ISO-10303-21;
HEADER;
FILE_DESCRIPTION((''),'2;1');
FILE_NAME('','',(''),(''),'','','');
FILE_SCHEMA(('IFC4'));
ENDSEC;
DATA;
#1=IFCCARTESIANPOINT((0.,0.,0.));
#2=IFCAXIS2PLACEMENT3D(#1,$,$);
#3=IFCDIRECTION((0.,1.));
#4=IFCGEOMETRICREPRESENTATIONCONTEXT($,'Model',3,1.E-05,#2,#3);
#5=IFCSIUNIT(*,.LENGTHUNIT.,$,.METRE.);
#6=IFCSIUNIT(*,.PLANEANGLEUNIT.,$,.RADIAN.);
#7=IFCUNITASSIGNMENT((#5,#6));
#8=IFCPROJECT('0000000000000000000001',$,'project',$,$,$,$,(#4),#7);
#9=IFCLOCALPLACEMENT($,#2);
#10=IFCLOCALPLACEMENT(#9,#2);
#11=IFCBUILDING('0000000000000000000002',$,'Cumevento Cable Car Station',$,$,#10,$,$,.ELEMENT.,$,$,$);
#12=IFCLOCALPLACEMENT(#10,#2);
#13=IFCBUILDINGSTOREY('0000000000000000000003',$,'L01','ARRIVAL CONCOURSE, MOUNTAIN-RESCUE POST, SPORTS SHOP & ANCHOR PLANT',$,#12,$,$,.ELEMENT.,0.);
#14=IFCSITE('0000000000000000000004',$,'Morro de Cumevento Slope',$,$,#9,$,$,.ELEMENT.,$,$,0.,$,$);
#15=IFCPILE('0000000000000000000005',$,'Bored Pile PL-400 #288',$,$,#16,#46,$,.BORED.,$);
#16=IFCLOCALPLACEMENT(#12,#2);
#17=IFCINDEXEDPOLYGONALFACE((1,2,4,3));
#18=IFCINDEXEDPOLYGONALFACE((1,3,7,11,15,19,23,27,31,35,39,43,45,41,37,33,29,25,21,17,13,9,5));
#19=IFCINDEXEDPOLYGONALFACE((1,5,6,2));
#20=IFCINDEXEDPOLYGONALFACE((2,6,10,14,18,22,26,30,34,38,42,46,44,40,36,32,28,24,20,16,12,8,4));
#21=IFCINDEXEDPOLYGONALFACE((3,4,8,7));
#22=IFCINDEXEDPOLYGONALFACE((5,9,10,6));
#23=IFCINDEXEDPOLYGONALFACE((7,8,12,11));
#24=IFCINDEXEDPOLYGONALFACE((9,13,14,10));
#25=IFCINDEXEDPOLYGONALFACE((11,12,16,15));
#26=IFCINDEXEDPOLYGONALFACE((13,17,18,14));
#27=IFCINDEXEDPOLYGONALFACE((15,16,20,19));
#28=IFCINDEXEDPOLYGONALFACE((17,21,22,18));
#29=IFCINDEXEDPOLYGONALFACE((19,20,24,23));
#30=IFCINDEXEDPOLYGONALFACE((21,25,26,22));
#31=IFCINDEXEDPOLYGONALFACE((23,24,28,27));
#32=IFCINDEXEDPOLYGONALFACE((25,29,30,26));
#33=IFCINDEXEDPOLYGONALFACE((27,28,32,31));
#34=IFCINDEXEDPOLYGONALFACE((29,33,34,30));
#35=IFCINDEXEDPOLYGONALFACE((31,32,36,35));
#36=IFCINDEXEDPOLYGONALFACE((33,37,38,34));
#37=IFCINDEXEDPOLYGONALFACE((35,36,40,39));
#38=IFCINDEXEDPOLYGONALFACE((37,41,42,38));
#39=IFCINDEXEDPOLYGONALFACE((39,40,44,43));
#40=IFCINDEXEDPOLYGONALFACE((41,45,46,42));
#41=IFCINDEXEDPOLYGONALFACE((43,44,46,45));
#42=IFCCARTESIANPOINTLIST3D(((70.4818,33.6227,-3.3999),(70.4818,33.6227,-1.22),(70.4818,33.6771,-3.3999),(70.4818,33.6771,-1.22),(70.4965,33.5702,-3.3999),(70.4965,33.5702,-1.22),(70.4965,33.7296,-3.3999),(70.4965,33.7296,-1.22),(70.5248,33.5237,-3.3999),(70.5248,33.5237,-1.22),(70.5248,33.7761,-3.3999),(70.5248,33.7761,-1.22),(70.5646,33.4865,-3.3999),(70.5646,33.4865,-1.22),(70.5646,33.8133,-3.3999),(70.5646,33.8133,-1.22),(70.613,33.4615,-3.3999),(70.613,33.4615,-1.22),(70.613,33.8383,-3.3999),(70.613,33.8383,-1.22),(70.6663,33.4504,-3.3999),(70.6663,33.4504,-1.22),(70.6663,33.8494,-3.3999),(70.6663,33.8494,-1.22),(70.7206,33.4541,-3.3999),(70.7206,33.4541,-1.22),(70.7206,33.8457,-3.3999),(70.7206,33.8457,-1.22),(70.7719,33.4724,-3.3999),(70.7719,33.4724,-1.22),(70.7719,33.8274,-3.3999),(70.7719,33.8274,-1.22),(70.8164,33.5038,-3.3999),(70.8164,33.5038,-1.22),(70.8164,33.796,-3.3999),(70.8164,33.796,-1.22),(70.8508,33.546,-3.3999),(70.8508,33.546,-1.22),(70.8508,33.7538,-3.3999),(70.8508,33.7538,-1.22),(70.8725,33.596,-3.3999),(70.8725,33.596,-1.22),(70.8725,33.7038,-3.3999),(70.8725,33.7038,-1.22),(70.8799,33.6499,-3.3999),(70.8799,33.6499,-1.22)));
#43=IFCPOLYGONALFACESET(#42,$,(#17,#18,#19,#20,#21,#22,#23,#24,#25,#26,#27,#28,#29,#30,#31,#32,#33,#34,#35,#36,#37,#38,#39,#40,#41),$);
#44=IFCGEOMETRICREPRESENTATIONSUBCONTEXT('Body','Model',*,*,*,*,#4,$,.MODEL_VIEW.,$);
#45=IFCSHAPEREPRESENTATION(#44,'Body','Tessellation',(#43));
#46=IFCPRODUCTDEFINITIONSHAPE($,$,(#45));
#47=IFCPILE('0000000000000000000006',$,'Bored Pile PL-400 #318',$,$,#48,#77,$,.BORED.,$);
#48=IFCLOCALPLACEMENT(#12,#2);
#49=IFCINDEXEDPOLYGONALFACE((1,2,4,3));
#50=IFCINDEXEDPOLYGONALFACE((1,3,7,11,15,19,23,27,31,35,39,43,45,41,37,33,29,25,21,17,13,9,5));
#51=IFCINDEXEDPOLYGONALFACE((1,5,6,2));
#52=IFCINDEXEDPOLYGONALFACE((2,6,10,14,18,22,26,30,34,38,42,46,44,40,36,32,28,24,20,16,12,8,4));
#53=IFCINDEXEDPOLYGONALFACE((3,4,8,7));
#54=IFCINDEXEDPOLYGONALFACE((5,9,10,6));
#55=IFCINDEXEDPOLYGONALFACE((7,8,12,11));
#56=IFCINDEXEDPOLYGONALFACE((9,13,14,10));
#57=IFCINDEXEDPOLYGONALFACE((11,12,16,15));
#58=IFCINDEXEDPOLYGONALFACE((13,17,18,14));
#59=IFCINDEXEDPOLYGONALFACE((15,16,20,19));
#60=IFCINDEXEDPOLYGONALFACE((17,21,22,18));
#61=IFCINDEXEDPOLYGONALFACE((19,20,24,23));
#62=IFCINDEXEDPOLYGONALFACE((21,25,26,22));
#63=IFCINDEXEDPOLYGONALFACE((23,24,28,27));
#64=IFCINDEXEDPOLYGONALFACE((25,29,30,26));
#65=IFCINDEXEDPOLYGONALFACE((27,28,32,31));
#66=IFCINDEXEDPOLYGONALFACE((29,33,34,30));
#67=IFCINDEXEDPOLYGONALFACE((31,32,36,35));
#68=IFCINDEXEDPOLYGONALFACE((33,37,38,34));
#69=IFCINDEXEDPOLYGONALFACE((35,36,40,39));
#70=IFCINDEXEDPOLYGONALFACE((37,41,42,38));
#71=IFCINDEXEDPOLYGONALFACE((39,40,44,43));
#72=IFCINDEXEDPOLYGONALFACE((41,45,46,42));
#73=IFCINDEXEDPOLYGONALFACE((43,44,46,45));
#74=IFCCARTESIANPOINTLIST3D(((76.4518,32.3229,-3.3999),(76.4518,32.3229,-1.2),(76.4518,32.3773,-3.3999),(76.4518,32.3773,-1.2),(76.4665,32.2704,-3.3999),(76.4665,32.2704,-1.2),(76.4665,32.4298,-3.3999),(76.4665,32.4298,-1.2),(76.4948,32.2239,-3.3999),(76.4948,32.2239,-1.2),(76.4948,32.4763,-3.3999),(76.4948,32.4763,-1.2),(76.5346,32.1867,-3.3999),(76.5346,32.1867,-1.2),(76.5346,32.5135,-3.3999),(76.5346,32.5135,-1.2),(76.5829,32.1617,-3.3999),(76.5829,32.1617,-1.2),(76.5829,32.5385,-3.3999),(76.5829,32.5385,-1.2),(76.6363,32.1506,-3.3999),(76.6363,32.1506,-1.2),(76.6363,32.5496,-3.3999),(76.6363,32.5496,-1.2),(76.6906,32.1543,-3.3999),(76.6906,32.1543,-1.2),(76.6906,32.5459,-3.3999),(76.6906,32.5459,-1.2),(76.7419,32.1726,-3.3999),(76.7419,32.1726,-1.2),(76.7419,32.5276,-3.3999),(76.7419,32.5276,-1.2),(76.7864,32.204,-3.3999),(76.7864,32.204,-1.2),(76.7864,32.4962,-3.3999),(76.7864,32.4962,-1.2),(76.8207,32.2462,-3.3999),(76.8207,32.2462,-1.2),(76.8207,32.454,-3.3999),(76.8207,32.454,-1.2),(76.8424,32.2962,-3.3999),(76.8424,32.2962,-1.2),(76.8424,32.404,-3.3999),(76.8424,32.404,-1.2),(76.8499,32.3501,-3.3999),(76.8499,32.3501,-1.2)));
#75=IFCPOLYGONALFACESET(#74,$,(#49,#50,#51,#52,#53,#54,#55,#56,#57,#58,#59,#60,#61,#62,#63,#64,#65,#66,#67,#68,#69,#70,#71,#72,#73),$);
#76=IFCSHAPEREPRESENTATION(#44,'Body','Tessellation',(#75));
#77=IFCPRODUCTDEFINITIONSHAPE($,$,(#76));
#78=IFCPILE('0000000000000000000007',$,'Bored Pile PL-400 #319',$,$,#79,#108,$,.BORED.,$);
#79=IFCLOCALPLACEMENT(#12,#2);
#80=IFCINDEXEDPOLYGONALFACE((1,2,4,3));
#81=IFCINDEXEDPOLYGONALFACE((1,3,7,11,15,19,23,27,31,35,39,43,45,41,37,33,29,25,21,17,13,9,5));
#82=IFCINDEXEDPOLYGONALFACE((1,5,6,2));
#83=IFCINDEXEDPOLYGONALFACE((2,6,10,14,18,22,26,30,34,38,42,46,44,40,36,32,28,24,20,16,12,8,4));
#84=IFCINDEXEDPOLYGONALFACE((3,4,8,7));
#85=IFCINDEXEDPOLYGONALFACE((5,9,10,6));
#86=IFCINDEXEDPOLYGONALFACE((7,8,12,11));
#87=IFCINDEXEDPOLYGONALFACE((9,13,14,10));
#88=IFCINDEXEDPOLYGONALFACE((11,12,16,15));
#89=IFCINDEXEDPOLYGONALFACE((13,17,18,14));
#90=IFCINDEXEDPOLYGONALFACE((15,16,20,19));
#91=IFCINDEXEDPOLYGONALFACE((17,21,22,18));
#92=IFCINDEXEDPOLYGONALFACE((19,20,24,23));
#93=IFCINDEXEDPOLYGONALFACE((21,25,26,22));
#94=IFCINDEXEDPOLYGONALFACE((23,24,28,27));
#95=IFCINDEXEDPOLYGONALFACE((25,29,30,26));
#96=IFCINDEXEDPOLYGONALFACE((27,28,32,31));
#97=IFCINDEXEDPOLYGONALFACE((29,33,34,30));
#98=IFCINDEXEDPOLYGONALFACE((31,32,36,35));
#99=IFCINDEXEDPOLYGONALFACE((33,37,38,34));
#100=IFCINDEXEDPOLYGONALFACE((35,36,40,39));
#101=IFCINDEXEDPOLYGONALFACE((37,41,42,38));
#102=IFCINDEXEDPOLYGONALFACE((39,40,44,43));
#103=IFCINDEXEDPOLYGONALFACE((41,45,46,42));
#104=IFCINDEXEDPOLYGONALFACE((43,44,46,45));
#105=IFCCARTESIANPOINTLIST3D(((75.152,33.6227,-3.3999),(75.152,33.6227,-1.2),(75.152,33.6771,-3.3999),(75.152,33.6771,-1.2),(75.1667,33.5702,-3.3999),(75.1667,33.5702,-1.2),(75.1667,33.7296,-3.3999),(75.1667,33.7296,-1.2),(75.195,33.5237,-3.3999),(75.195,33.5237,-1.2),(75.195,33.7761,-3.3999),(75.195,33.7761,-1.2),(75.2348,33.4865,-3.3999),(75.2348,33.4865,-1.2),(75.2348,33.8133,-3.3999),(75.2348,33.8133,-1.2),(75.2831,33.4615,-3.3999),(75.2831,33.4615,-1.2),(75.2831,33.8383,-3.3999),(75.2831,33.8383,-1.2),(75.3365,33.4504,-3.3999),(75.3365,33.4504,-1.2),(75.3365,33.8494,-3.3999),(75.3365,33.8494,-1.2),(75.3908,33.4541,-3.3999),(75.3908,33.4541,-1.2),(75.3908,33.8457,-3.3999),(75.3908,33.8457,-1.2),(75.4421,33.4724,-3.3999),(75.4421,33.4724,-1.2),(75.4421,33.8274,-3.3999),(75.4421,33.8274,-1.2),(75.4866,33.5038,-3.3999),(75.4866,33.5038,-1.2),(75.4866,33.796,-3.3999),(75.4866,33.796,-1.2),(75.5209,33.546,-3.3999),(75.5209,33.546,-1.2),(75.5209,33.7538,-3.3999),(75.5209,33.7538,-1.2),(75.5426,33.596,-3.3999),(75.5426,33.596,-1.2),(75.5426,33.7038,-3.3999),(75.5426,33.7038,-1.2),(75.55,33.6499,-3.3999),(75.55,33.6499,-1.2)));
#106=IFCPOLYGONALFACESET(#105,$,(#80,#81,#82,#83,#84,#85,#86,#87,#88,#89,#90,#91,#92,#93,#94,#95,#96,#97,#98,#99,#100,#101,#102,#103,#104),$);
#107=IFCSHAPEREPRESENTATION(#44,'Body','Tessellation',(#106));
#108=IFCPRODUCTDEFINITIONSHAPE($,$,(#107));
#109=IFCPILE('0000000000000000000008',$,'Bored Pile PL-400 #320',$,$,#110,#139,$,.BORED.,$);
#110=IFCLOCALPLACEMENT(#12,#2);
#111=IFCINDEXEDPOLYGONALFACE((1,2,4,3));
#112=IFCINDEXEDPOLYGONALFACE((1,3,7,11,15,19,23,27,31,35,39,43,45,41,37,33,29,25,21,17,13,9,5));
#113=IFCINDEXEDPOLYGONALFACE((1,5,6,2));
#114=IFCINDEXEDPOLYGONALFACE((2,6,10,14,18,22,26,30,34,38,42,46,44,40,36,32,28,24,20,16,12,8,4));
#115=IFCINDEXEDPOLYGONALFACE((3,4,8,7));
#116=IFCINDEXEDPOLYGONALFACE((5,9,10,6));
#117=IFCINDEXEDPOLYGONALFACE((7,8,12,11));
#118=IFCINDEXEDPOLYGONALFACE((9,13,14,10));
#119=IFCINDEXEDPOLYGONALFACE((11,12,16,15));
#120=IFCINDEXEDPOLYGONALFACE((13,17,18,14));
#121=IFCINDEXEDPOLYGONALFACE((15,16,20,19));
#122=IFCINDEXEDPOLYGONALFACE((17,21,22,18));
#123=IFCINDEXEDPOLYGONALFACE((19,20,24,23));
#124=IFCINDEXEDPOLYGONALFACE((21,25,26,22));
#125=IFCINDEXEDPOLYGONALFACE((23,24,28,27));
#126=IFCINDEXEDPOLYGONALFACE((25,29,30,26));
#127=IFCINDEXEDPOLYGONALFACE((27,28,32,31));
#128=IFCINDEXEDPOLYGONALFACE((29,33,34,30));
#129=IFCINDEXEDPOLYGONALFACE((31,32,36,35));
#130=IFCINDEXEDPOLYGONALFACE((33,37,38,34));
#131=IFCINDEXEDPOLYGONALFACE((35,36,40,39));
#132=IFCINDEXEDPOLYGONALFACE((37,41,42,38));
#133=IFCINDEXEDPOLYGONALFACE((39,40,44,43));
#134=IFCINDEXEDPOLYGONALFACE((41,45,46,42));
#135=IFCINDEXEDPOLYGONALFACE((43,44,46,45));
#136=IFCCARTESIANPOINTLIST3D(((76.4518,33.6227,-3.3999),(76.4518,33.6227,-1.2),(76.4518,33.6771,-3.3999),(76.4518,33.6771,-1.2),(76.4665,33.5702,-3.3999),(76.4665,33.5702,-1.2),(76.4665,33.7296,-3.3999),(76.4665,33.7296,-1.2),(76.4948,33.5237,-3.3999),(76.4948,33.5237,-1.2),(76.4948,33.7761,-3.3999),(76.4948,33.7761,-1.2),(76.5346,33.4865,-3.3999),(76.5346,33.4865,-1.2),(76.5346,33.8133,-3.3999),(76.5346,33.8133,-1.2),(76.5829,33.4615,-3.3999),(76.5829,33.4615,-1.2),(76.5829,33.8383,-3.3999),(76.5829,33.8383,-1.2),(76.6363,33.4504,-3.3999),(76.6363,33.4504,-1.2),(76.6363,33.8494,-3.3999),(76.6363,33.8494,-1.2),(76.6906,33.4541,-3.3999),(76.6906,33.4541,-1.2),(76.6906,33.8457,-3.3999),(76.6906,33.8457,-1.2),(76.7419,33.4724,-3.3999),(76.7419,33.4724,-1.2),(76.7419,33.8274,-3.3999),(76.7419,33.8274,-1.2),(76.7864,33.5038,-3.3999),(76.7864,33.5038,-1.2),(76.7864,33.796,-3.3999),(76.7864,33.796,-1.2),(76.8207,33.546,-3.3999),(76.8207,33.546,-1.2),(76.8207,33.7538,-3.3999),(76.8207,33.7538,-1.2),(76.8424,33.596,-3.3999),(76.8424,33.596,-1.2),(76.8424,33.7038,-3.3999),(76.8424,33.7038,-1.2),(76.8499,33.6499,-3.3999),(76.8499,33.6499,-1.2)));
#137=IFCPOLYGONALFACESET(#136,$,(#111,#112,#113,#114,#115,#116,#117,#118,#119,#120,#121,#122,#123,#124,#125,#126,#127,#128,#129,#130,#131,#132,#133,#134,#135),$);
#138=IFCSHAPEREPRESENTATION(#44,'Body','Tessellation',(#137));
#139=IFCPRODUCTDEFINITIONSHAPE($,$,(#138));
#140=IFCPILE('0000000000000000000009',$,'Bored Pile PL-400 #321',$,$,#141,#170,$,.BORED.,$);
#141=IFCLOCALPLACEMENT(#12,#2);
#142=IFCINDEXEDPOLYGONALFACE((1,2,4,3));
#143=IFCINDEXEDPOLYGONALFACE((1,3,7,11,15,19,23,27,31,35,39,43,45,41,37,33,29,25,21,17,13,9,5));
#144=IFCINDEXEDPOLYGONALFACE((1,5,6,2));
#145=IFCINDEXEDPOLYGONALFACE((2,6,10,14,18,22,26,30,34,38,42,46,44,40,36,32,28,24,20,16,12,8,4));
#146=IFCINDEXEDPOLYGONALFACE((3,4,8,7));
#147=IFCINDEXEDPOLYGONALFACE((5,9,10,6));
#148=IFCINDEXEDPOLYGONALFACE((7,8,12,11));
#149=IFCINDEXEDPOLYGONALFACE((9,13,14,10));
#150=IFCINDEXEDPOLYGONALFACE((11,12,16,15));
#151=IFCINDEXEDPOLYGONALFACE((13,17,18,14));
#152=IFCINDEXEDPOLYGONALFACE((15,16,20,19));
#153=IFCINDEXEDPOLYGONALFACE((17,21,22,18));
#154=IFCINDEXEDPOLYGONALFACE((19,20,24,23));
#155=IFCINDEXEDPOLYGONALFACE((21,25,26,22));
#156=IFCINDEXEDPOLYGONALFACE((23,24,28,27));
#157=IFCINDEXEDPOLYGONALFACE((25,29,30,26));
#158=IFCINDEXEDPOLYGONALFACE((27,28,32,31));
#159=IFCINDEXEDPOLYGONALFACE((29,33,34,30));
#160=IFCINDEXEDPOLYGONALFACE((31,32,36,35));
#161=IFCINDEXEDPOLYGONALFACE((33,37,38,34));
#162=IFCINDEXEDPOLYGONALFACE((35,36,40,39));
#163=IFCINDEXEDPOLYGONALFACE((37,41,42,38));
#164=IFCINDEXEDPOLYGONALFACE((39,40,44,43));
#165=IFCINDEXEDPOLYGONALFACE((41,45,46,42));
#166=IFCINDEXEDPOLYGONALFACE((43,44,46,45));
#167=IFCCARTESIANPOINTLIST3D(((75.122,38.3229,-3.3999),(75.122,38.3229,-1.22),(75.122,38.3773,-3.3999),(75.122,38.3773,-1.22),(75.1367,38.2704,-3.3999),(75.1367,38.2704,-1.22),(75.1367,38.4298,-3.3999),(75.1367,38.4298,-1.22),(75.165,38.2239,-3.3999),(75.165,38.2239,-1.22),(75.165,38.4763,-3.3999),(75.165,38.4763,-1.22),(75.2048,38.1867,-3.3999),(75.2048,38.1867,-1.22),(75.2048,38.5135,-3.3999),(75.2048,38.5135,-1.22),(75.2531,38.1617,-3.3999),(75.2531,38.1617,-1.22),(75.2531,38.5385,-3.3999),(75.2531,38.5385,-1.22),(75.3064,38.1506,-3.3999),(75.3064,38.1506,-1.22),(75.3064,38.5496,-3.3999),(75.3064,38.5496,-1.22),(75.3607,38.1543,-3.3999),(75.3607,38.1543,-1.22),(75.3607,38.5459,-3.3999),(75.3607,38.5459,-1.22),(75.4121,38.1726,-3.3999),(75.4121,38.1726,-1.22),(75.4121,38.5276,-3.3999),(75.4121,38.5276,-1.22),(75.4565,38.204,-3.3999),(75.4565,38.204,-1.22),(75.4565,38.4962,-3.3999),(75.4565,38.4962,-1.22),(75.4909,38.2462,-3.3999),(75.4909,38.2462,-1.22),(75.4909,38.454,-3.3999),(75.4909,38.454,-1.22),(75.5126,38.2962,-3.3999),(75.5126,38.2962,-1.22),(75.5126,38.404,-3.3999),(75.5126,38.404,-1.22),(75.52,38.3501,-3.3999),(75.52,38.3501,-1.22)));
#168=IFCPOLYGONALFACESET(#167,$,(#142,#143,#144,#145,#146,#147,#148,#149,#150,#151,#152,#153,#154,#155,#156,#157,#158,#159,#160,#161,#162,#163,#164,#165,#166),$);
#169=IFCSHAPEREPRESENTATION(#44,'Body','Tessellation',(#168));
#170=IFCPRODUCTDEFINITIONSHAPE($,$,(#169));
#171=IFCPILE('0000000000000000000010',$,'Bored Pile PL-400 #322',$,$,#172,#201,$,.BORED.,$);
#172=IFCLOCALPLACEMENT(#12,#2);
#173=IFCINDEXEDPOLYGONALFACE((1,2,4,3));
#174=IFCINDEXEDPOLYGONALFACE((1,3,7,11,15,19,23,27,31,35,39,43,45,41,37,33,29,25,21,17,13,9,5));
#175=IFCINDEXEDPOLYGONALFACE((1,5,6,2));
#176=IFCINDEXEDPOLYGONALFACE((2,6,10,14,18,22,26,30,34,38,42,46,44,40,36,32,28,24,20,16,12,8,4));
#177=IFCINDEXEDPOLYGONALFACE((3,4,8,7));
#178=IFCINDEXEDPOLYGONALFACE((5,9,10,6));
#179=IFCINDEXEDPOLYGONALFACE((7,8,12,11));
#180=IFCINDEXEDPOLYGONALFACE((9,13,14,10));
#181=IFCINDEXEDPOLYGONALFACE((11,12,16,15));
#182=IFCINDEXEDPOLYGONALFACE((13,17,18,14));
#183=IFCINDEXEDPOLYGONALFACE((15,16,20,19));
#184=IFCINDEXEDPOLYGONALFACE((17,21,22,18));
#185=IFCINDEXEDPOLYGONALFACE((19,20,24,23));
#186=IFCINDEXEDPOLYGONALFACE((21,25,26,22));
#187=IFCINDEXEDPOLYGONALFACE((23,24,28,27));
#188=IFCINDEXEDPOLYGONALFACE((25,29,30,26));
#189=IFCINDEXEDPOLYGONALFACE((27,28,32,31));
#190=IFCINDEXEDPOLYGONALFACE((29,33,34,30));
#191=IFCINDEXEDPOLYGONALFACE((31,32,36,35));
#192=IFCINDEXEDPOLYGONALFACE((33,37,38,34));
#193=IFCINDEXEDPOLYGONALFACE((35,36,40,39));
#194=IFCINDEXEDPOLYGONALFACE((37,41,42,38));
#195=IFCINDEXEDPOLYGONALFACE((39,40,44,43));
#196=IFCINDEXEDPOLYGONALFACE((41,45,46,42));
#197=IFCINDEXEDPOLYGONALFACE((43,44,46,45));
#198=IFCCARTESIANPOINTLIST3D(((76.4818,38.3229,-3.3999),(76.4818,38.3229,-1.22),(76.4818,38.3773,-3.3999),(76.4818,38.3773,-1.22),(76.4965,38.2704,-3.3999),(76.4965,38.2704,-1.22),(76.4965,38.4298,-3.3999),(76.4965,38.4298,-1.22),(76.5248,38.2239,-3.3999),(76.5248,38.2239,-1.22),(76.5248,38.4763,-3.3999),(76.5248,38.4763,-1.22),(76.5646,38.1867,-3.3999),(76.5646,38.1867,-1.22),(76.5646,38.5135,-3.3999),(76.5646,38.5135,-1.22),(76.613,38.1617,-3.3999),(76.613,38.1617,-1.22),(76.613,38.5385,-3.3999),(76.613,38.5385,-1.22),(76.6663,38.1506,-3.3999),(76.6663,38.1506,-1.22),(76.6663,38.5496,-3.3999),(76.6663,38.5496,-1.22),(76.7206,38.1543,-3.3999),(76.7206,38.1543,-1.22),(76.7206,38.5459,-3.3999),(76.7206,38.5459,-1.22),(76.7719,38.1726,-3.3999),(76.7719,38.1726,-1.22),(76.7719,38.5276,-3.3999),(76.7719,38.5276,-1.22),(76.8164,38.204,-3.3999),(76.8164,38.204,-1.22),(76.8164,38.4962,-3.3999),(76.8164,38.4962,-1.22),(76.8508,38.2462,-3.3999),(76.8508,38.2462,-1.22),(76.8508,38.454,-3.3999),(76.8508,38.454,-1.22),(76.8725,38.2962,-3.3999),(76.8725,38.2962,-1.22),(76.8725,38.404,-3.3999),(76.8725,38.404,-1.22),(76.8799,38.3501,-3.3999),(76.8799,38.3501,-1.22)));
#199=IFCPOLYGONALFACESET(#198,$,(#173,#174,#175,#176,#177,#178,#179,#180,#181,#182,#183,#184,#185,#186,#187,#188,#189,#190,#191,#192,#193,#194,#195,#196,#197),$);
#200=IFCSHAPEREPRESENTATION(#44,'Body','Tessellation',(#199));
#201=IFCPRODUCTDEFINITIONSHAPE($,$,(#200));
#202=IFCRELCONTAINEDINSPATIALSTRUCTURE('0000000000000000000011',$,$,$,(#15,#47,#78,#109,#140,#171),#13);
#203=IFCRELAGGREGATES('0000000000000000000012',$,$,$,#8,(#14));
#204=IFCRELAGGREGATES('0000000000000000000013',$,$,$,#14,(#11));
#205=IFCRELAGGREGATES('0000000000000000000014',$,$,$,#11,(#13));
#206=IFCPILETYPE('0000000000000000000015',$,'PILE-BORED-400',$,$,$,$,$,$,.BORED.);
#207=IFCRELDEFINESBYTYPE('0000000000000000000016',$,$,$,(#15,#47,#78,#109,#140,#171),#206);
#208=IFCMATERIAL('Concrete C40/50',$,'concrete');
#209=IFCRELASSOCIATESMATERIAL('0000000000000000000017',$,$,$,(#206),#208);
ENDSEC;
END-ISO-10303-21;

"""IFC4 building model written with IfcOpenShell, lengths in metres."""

from ifc_helpers import new_model, si_unit, direction, frame, origin, origin_2d, place, context, subcontext, project, spatial, circle, extrude, material, material_profile, profile_set, type_object, element, save


model = new_model("IFC4")

# Units and contexts
model_context = context("Model", 3, precision=1e-05, world=origin(), true_north=direction((0.0, 1.0)))
body_context = subcontext(model_context, "Body", "Model", "MODEL_VIEW")
ifc_project = project(units=[si_unit("LENGTHUNIT", "METRE"), si_unit("PLANEANGLEUNIT", "RADIAN")], contexts=[model_context])

# Site, building, storey
site_placement = place(None, origin())
site = spatial("IfcSite", under=ifc_project, at=site_placement, Name="Morro de Cumevento Slope", CompositionType="ELEMENT", RefElevation=0.0)
building_placement = place(site_placement, origin())
building = spatial("IfcBuilding", under=site, at=building_placement, Name="Cumevento Cable Car Station", CompositionType="ELEMENT")
storey_placement = place(building_placement, origin())
storey = spatial("IfcBuildingStorey", under=building, at=storey_placement, Name="L01", Description="ARRIVAL CONCOURSE, MOUNTAIN-RESCUE POST, SPORTS SHOP & ANCHOR PLANT", CompositionType="ELEMENT", Elevation=0.0)

# Piles
ifc_material_1 = material(Name="Concrete C40/50", Category="concrete")
ifc_material_profile_1 = material_profile(ifc_material_1, circle(Radius=0.2, at=origin_2d()), Name="PILE-D400")
ifc_profile_set_1 = profile_set([ifc_material_profile_1], Name="Concrete C40/50")
pile_type_1 = type_object("IfcPileType", Name="PILE-BORED-400", PredefinedType="BORED", material=ifc_profile_set_1)
pile_1_placement = place(storey_placement, frame((70.6799, 33.6499, -1.22), z_axis=(0.0, 0.0, -1.0), x_axis=(1.0, 0.0, 0.0)))
element("IfcPile", 1, at=pile_1_placement, inside=storey, type_object=pile_type_1, Name="Bored Pile PL-400 #288", PredefinedType="BORED", context=body_context, shape_type="SweptSolid", body=[
    extrude(circle(Radius=0.2, at=origin_2d()), origin(), (0.0, 0.0, 1.0), 2.1799),
])
for number, where, z_axis, x_axis, name in (
    (2, (76.6499, 32.3501, -1.2), (0.0, 0.0, -1.0), (1.0, 0.0, 0.0), "Bored Pile PL-400 #318"),
    (3, (75.3501, 33.6499, -1.2), (0.0, 0.0, -1.0), (1.0, 0.0, 0.0), "Bored Pile PL-400 #319"),
    (4, (76.6499, 33.6499, -1.2), (0.0, 0.0, -1.0), (1.0, 0.0, 0.0), "Bored Pile PL-400 #320"),
):
    element("IfcPile", number, at=place(storey_placement, frame(where, z_axis=z_axis, x_axis=x_axis)), inside=storey, type_object=pile_type_1, Name=name, PredefinedType="BORED", context=body_context, shape_type="SweptSolid", body=[
        extrude(circle(Radius=0.2, at=origin_2d()), origin(), (0.0, 0.0, 1.0), 2.2),
    ])
for number, where, z_axis, x_axis, name in (
    (5, (75.3201, 38.3501, -1.22), (0.0, 0.0, -1.0), (1.0, 0.0, 0.0), "Bored Pile PL-400 #321"),
    (6, (76.6799, 38.3501, -1.22), (0.0, 0.0, -1.0), (1.0, 0.0, 0.0), "Bored Pile PL-400 #322"),
):
    element("IfcPile", number, at=place(storey_placement, frame(where, z_axis=z_axis, x_axis=x_axis)), inside=storey, type_object=pile_type_1, Name=name, PredefinedType="BORED", context=body_context, shape_type="SweptSolid", body=[
        extrude(circle(Radius=0.2, at=origin_2d()), origin(), (0.0, 0.0, 1.0), 2.1799),
    ])

save(model, "model.ifc")
